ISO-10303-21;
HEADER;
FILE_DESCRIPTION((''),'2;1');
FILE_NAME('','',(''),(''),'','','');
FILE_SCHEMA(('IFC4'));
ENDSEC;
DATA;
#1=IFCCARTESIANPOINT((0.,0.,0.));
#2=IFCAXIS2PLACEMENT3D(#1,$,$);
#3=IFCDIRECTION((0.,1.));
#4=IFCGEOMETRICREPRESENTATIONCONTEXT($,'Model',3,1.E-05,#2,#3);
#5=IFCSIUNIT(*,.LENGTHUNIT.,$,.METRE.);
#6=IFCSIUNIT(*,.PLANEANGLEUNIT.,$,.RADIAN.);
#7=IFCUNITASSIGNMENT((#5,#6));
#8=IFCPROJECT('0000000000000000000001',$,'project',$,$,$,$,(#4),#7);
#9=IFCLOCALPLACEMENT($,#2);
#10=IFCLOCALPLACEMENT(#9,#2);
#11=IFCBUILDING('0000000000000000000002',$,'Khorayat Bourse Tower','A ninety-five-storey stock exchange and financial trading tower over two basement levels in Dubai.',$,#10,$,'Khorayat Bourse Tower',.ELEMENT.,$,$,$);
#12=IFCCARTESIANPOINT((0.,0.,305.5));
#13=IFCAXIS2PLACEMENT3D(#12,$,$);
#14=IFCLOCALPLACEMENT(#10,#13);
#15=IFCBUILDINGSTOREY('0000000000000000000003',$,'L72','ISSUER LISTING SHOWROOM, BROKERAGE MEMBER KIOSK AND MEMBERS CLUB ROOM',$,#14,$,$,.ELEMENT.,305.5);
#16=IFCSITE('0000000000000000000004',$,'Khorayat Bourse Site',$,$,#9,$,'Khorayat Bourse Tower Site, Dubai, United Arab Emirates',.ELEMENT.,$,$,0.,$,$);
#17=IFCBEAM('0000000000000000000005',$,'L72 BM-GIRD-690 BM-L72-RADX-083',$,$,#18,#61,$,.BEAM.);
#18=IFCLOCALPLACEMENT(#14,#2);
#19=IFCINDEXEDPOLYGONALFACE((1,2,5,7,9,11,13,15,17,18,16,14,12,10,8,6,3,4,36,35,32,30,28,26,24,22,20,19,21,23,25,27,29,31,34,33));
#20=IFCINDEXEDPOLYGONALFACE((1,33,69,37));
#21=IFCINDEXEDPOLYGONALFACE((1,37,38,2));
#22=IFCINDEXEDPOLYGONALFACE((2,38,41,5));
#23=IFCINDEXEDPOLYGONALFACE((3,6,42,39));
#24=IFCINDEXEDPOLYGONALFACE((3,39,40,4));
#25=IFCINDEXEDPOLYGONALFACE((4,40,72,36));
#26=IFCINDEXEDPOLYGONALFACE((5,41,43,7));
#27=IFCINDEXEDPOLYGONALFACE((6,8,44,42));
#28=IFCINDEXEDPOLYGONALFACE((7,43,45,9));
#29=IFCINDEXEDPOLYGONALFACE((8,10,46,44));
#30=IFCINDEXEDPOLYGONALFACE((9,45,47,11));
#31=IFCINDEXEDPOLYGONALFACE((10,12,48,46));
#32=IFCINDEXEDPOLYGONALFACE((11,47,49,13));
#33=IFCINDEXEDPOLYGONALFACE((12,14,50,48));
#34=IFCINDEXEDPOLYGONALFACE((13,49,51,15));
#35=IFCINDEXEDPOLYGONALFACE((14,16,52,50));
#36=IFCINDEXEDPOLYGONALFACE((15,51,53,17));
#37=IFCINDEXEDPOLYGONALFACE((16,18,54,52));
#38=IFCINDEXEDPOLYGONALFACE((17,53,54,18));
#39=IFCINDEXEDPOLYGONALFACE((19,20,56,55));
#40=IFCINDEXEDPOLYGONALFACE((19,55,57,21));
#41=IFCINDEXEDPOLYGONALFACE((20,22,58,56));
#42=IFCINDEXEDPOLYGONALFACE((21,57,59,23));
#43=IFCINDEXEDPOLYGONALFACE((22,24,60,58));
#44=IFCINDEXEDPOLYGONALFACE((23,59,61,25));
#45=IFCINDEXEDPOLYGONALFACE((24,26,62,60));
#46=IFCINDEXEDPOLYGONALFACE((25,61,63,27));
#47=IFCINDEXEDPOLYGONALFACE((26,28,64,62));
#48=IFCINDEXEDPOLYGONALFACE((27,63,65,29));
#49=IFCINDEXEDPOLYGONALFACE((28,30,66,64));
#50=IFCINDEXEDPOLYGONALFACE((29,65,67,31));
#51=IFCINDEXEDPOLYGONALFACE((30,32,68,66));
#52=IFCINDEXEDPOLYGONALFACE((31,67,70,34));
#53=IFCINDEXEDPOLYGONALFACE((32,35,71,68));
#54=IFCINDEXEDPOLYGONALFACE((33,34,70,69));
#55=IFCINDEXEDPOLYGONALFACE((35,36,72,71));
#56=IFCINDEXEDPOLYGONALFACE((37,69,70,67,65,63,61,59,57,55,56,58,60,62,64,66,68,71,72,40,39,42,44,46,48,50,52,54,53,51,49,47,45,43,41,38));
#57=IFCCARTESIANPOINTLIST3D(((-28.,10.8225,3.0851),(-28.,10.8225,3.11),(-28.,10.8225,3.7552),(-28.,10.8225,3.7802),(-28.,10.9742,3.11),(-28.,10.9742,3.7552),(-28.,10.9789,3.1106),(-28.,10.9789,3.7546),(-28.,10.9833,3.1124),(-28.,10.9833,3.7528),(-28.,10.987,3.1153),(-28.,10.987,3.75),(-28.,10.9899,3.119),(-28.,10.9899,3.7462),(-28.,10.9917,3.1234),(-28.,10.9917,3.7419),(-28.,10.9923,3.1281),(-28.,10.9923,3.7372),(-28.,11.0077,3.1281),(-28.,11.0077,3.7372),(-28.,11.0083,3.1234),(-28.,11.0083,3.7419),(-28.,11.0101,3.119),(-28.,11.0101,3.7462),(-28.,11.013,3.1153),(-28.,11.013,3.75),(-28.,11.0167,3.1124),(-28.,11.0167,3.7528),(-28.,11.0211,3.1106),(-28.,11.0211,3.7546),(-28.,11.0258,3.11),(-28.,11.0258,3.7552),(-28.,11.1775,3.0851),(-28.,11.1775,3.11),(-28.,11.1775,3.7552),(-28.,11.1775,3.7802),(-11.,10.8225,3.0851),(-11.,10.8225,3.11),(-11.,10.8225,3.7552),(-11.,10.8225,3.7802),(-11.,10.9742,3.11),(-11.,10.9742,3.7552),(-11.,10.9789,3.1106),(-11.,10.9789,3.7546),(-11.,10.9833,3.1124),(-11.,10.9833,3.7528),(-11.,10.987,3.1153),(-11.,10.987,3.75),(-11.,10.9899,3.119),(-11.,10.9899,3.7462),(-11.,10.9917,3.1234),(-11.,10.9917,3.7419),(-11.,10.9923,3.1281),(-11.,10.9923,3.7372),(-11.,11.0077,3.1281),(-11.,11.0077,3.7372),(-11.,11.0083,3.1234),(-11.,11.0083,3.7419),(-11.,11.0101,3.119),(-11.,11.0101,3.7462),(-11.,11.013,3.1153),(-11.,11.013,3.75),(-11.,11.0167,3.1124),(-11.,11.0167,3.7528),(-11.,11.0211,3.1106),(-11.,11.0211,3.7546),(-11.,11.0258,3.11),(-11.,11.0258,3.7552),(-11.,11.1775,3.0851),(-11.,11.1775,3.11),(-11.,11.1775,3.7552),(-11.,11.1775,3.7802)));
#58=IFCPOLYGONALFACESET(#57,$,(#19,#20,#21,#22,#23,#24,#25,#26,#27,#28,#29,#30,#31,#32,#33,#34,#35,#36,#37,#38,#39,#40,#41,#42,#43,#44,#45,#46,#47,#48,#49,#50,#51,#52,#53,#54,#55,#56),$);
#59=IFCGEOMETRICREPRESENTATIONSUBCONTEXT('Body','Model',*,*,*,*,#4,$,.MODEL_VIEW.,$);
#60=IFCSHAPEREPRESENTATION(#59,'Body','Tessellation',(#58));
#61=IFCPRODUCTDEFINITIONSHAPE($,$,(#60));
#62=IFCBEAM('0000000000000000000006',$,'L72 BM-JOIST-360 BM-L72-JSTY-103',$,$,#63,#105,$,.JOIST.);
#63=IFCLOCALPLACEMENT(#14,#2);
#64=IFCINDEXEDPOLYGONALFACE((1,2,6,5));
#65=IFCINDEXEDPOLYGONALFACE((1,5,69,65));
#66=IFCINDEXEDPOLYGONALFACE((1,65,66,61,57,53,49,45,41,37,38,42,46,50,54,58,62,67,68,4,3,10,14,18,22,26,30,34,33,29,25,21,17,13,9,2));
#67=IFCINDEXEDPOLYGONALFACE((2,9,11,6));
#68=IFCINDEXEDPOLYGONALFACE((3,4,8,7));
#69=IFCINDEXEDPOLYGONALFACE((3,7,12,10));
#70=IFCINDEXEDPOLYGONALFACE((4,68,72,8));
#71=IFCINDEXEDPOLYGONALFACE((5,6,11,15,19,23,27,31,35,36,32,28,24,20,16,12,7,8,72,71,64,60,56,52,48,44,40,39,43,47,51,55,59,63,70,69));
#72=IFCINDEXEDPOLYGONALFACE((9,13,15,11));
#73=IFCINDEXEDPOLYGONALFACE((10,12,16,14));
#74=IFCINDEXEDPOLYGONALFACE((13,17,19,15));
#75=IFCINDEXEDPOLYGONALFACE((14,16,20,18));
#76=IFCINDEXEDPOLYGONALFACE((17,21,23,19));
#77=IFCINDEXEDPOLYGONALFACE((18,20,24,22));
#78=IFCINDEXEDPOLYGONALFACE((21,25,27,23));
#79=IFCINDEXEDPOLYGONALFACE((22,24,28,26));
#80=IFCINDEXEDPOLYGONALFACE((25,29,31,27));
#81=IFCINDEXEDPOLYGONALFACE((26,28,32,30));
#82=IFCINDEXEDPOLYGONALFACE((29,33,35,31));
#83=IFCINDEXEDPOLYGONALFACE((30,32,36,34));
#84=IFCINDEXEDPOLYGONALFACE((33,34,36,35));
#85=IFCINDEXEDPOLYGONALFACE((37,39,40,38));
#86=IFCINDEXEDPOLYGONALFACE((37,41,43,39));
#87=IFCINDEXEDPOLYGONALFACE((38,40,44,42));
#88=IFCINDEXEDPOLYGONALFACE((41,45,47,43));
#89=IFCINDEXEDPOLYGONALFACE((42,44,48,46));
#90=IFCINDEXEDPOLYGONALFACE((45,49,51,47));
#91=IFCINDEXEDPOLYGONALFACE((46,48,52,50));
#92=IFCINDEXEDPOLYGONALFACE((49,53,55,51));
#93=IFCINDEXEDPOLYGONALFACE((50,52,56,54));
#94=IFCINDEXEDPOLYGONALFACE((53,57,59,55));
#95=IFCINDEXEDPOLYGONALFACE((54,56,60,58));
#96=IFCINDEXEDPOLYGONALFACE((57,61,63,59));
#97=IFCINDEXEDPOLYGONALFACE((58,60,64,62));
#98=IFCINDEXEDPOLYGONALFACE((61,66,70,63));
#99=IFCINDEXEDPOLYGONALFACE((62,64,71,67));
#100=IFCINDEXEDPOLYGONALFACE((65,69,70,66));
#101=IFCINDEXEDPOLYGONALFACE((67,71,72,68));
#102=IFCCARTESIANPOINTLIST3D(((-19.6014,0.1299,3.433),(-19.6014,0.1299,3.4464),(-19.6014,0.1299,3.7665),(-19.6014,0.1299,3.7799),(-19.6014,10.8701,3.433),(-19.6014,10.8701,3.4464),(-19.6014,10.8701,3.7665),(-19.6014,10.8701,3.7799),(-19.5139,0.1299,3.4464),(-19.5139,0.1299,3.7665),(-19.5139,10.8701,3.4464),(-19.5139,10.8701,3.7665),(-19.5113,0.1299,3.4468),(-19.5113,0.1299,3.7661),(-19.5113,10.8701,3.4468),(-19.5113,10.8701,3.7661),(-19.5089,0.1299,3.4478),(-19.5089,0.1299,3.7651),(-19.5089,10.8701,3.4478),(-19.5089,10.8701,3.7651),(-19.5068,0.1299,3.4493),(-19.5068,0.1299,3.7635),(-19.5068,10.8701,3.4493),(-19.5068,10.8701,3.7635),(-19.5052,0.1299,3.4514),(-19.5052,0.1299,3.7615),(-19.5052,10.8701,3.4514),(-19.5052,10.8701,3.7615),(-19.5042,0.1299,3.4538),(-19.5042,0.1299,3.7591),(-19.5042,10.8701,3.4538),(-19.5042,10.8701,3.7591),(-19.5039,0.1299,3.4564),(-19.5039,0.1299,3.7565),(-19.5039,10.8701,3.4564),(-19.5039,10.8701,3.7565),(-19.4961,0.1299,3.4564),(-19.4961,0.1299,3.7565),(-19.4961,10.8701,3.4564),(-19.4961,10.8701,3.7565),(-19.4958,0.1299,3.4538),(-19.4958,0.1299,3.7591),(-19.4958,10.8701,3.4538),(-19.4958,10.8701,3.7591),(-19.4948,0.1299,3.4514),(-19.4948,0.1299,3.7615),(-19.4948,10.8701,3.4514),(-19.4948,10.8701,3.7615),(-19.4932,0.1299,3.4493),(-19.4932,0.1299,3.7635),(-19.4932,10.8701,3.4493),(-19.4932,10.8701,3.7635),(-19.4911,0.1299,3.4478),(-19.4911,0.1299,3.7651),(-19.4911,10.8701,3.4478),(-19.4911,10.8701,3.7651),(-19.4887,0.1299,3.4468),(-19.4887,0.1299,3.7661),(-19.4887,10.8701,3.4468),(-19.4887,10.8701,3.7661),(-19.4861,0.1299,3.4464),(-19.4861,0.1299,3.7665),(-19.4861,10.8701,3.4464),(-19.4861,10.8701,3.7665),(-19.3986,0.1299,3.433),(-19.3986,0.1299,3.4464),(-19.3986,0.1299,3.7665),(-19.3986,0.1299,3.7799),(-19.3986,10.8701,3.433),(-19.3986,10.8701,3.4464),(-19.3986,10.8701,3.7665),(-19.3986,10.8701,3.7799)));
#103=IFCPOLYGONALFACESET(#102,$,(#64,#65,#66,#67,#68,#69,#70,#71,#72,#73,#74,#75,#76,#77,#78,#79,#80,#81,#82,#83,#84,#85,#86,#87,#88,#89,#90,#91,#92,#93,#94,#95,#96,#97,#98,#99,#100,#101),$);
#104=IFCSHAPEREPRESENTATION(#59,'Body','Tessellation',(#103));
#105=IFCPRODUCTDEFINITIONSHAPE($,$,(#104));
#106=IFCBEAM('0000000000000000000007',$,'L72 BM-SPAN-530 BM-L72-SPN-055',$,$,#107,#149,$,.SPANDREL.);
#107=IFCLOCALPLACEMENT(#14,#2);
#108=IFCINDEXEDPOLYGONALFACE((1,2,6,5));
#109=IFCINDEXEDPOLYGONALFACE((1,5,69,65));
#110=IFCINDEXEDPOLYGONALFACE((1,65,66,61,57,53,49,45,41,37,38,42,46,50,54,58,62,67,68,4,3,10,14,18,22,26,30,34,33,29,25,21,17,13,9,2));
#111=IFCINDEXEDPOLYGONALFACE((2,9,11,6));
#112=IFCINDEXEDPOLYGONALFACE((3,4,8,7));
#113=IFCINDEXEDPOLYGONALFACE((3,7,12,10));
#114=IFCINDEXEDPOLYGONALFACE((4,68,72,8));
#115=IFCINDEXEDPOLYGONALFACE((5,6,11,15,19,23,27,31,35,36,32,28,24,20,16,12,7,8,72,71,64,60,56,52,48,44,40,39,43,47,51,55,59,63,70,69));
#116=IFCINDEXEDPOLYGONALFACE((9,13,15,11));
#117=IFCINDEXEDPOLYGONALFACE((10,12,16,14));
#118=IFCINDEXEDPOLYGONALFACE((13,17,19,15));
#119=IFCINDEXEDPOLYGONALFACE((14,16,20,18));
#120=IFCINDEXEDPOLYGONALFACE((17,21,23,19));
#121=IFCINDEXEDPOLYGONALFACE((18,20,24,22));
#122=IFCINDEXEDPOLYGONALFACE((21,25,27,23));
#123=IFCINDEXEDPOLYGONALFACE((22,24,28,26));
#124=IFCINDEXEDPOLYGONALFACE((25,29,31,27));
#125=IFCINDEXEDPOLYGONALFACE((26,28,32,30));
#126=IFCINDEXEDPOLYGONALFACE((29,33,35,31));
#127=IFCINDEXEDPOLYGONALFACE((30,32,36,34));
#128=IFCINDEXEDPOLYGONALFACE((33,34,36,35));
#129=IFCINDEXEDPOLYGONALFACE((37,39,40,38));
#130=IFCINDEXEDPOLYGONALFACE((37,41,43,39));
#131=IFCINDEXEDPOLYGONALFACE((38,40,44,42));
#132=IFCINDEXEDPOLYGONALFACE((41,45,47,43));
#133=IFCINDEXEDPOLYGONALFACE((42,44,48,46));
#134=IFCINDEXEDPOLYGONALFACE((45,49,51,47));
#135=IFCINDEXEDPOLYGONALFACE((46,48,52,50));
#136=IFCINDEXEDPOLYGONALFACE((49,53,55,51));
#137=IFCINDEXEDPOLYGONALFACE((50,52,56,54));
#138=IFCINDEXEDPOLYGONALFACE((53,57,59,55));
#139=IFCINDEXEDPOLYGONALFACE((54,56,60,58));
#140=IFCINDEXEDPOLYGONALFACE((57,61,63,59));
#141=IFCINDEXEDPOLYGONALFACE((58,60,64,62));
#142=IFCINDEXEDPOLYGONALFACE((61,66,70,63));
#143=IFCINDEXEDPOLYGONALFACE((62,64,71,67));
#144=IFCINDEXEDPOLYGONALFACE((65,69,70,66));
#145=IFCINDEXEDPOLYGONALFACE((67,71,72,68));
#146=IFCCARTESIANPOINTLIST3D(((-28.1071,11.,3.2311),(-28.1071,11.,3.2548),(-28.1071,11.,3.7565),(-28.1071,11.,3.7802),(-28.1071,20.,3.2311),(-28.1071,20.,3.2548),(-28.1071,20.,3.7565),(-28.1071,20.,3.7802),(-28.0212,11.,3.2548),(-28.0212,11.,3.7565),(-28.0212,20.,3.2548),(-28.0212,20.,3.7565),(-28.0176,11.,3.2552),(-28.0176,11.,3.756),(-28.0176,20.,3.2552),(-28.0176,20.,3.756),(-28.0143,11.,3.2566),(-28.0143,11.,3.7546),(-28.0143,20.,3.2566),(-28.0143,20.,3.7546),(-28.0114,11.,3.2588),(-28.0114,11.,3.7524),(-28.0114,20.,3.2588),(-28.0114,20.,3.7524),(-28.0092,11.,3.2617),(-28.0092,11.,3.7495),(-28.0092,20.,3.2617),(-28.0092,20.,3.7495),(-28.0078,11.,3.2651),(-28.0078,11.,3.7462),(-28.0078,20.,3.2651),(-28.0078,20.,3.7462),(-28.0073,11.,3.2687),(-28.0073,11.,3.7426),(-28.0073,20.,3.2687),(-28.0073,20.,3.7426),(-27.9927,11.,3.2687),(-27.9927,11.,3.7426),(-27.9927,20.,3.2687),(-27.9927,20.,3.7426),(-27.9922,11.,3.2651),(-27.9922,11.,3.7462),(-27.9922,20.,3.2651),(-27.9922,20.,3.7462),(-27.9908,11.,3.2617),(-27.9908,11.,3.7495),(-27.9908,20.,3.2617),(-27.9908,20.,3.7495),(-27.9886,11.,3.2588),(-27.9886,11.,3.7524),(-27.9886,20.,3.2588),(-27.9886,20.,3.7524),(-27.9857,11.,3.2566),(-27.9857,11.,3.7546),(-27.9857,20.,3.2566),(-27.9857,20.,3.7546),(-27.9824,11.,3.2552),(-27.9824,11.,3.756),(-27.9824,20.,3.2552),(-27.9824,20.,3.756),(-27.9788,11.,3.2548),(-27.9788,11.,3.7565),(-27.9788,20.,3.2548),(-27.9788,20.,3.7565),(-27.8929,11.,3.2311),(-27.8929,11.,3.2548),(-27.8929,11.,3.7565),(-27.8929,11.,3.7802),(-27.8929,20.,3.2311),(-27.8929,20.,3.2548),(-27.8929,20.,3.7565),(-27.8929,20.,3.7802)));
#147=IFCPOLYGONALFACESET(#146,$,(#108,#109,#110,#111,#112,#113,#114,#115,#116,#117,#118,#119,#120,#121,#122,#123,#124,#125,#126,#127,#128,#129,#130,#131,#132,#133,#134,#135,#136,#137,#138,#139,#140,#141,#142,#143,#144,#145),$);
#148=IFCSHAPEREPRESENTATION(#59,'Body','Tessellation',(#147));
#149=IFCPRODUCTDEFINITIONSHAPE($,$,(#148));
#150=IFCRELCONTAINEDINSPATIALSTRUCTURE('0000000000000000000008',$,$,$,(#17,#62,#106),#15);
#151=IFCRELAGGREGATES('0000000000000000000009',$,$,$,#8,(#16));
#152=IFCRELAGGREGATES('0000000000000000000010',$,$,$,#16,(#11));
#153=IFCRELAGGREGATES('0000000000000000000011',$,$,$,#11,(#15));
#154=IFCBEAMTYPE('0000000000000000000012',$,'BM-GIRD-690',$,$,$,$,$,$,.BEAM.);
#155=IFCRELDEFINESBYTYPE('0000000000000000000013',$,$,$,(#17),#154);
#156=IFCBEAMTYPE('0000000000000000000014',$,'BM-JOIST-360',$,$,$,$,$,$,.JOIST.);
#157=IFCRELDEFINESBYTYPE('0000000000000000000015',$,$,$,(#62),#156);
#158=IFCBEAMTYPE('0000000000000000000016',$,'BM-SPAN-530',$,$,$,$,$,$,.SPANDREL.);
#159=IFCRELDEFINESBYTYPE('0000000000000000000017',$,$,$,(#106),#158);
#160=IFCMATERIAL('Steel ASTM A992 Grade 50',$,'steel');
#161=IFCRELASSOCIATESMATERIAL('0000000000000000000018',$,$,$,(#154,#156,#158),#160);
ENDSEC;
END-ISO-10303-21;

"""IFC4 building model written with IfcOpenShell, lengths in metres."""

from ifc_helpers import new_model, si_unit, direction, frame, origin, origin_2d, place, context, subcontext, project, spatial, i_section, extrude, source, transform, mapped, material, material_profile, profile_set, type_object, element, save


model = new_model("IFC4")

# Units and contexts
model_context = context("Model", 3, precision=1e-05, world=origin(), true_north=direction((0.0, 1.0)))
body_context = subcontext(model_context, "Body", "Model", "MODEL_VIEW")
ifc_project = project(units=[si_unit("LENGTHUNIT", "METRE"), si_unit("PLANEANGLEUNIT", "RADIAN")], contexts=[model_context])

# Site, building, storey
site_placement = place(None, origin())
site = spatial("IfcSite", under=ifc_project, at=site_placement, Name="Khorayat Bourse Site", LongName="Khorayat Bourse Tower Site, Dubai, United Arab Emirates", CompositionType="ELEMENT", RefElevation=0.0)
building_placement = place(site_placement, origin())
building = spatial("IfcBuilding", under=site, at=building_placement, Name="Khorayat Bourse Tower", Description="A ninety-five-storey stock exchange and financial trading tower over two basement levels in Dubai.", LongName="Khorayat Bourse Tower", CompositionType="ELEMENT")
storey_placement = place(building_placement, frame((0.0, 0.0, 305.5)))
storey = spatial("IfcBuildingStorey", under=building, at=storey_placement, Name="L72", Description="ISSUER LISTING SHOWROOM, BROKERAGE MEMBER KIOSK AND MEMBERS CLUB ROOM", CompositionType="ELEMENT", Elevation=305.5)

# Beams
ifc_material_1 = material(Name="Steel ASTM A992 Grade 50", Category="steel")
ifc_material_profile_1 = material_profile(ifc_material_1, i_section(OverallWidth=0.355, OverallDepth=0.6951, WebThickness=0.0154, FlangeThickness=0.0249, FilletRadius=0.0181, at=origin_2d()), Name="W690X217")
ifc_profile_set_1 = profile_set([ifc_material_profile_1], Name="Steel ASTM A992 Grade 50")
beam_type_1 = type_object("IfcBeamType", Name="BM-GIRD-690", PredefinedType="BEAM", material=ifc_profile_set_1)
shared_shape_1 = source(origin(), body_context, "Body", "SweptSolid", [
    extrude(i_section(OverallWidth=0.355, OverallDepth=0.6951, WebThickness=0.0154, FlangeThickness=0.0249, FilletRadius=0.0181, at=origin_2d()), origin(), (0.0, 0.0, 1.0), 17.0),
])
for number, where, z_axis, x_axis, name in (
    (1, (-28.0, 11.0, 3.4326), (1.0, 0.0, 0.0), (0.0, 1.0, 0.0), "L72 BM-GIRD-690 BM-L72-RADX-083"),
):
    element("IfcBeam", number, at=place(storey_placement, frame(where, z_axis=z_axis, x_axis=x_axis)), inside=storey, type_object=beam_type_1, Name=name, PredefinedType="BEAM", context=body_context, shape_type="MappedRepresentation", body=[
        mapped(shared_shape_1, transform((0.0, 0.0, 0.0), scale=1.0)),
    ])
ifc_material_profile_2 = material_profile(ifc_material_1, i_section(OverallWidth=0.2029, OverallDepth=0.3469, WebThickness=0.0078, FlangeThickness=0.0134, FilletRadius=0.01, at=origin_2d()), Name="W360X64")
ifc_profile_set_2 = profile_set([ifc_material_profile_2], Name="Steel ASTM A992 Grade 50")
beam_type_2 = type_object("IfcBeamType", Name="BM-JOIST-360", PredefinedType="JOIST", material=ifc_profile_set_2)
shared_shape_2 = source(origin(), body_context, "Body", "SweptSolid", [
    extrude(i_section(OverallWidth=0.2029, OverallDepth=0.3469, WebThickness=0.0078, FlangeThickness=0.0134, FilletRadius=0.01, at=origin_2d()), origin(), (0.0, 0.0, 1.0), 10.7402),
])
beam_1_placement = place(storey_placement, frame((-19.5, 0.1299, 3.6064), z_axis=(0.0, 1.0, 0.0), x_axis=(-1.0, 0.0, 0.0)))
element("IfcBeam", 2, at=beam_1_placement, inside=storey, type_object=beam_type_2, Name="L72 BM-JOIST-360 BM-L72-JSTY-103", PredefinedType="JOIST", context=body_context, shape_type="MappedRepresentation", body=[
    mapped(shared_shape_2, transform((0.0, 0.0, 0.0), scale=1.0)),
])
ifc_material_profile_3 = material_profile(ifc_material_1, i_section(OverallWidth=0.2141, OverallDepth=0.5491, WebThickness=0.0146, FlangeThickness=0.0237, FilletRadius=0.0139, at=origin_2d()), Name="W530X138")
ifc_profile_set_3 = profile_set([ifc_material_profile_3], Name="Steel ASTM A992 Grade 50")
beam_type_3 = type_object("IfcBeamType", Name="BM-SPAN-530", PredefinedType="SPANDREL", material=ifc_profile_set_3)
shared_shape_3 = source(origin(), body_context, "Body", "SweptSolid", [
    extrude(i_section(OverallWidth=0.2141, OverallDepth=0.5491, WebThickness=0.0146, FlangeThickness=0.0237, FilletRadius=0.0139, at=origin_2d()), origin(), (0.0, 0.0, 1.0), 9.0),
])
beam_2_placement = place(storey_placement, frame((-28.0, 11.0, 3.5056), z_axis=(0.0, 1.0, 0.0), x_axis=(-1.0, 0.0, 0.0)))
element("IfcBeam", 3, at=beam_2_placement, inside=storey, type_object=beam_type_3, Name="L72 BM-SPAN-530 BM-L72-SPN-055", PredefinedType="SPANDREL", context=body_context, shape_type="MappedRepresentation", body=[
    mapped(shared_shape_3, transform((0.0, 0.0, 0.0), scale=1.0)),
])

save(model, "model.ifc")
